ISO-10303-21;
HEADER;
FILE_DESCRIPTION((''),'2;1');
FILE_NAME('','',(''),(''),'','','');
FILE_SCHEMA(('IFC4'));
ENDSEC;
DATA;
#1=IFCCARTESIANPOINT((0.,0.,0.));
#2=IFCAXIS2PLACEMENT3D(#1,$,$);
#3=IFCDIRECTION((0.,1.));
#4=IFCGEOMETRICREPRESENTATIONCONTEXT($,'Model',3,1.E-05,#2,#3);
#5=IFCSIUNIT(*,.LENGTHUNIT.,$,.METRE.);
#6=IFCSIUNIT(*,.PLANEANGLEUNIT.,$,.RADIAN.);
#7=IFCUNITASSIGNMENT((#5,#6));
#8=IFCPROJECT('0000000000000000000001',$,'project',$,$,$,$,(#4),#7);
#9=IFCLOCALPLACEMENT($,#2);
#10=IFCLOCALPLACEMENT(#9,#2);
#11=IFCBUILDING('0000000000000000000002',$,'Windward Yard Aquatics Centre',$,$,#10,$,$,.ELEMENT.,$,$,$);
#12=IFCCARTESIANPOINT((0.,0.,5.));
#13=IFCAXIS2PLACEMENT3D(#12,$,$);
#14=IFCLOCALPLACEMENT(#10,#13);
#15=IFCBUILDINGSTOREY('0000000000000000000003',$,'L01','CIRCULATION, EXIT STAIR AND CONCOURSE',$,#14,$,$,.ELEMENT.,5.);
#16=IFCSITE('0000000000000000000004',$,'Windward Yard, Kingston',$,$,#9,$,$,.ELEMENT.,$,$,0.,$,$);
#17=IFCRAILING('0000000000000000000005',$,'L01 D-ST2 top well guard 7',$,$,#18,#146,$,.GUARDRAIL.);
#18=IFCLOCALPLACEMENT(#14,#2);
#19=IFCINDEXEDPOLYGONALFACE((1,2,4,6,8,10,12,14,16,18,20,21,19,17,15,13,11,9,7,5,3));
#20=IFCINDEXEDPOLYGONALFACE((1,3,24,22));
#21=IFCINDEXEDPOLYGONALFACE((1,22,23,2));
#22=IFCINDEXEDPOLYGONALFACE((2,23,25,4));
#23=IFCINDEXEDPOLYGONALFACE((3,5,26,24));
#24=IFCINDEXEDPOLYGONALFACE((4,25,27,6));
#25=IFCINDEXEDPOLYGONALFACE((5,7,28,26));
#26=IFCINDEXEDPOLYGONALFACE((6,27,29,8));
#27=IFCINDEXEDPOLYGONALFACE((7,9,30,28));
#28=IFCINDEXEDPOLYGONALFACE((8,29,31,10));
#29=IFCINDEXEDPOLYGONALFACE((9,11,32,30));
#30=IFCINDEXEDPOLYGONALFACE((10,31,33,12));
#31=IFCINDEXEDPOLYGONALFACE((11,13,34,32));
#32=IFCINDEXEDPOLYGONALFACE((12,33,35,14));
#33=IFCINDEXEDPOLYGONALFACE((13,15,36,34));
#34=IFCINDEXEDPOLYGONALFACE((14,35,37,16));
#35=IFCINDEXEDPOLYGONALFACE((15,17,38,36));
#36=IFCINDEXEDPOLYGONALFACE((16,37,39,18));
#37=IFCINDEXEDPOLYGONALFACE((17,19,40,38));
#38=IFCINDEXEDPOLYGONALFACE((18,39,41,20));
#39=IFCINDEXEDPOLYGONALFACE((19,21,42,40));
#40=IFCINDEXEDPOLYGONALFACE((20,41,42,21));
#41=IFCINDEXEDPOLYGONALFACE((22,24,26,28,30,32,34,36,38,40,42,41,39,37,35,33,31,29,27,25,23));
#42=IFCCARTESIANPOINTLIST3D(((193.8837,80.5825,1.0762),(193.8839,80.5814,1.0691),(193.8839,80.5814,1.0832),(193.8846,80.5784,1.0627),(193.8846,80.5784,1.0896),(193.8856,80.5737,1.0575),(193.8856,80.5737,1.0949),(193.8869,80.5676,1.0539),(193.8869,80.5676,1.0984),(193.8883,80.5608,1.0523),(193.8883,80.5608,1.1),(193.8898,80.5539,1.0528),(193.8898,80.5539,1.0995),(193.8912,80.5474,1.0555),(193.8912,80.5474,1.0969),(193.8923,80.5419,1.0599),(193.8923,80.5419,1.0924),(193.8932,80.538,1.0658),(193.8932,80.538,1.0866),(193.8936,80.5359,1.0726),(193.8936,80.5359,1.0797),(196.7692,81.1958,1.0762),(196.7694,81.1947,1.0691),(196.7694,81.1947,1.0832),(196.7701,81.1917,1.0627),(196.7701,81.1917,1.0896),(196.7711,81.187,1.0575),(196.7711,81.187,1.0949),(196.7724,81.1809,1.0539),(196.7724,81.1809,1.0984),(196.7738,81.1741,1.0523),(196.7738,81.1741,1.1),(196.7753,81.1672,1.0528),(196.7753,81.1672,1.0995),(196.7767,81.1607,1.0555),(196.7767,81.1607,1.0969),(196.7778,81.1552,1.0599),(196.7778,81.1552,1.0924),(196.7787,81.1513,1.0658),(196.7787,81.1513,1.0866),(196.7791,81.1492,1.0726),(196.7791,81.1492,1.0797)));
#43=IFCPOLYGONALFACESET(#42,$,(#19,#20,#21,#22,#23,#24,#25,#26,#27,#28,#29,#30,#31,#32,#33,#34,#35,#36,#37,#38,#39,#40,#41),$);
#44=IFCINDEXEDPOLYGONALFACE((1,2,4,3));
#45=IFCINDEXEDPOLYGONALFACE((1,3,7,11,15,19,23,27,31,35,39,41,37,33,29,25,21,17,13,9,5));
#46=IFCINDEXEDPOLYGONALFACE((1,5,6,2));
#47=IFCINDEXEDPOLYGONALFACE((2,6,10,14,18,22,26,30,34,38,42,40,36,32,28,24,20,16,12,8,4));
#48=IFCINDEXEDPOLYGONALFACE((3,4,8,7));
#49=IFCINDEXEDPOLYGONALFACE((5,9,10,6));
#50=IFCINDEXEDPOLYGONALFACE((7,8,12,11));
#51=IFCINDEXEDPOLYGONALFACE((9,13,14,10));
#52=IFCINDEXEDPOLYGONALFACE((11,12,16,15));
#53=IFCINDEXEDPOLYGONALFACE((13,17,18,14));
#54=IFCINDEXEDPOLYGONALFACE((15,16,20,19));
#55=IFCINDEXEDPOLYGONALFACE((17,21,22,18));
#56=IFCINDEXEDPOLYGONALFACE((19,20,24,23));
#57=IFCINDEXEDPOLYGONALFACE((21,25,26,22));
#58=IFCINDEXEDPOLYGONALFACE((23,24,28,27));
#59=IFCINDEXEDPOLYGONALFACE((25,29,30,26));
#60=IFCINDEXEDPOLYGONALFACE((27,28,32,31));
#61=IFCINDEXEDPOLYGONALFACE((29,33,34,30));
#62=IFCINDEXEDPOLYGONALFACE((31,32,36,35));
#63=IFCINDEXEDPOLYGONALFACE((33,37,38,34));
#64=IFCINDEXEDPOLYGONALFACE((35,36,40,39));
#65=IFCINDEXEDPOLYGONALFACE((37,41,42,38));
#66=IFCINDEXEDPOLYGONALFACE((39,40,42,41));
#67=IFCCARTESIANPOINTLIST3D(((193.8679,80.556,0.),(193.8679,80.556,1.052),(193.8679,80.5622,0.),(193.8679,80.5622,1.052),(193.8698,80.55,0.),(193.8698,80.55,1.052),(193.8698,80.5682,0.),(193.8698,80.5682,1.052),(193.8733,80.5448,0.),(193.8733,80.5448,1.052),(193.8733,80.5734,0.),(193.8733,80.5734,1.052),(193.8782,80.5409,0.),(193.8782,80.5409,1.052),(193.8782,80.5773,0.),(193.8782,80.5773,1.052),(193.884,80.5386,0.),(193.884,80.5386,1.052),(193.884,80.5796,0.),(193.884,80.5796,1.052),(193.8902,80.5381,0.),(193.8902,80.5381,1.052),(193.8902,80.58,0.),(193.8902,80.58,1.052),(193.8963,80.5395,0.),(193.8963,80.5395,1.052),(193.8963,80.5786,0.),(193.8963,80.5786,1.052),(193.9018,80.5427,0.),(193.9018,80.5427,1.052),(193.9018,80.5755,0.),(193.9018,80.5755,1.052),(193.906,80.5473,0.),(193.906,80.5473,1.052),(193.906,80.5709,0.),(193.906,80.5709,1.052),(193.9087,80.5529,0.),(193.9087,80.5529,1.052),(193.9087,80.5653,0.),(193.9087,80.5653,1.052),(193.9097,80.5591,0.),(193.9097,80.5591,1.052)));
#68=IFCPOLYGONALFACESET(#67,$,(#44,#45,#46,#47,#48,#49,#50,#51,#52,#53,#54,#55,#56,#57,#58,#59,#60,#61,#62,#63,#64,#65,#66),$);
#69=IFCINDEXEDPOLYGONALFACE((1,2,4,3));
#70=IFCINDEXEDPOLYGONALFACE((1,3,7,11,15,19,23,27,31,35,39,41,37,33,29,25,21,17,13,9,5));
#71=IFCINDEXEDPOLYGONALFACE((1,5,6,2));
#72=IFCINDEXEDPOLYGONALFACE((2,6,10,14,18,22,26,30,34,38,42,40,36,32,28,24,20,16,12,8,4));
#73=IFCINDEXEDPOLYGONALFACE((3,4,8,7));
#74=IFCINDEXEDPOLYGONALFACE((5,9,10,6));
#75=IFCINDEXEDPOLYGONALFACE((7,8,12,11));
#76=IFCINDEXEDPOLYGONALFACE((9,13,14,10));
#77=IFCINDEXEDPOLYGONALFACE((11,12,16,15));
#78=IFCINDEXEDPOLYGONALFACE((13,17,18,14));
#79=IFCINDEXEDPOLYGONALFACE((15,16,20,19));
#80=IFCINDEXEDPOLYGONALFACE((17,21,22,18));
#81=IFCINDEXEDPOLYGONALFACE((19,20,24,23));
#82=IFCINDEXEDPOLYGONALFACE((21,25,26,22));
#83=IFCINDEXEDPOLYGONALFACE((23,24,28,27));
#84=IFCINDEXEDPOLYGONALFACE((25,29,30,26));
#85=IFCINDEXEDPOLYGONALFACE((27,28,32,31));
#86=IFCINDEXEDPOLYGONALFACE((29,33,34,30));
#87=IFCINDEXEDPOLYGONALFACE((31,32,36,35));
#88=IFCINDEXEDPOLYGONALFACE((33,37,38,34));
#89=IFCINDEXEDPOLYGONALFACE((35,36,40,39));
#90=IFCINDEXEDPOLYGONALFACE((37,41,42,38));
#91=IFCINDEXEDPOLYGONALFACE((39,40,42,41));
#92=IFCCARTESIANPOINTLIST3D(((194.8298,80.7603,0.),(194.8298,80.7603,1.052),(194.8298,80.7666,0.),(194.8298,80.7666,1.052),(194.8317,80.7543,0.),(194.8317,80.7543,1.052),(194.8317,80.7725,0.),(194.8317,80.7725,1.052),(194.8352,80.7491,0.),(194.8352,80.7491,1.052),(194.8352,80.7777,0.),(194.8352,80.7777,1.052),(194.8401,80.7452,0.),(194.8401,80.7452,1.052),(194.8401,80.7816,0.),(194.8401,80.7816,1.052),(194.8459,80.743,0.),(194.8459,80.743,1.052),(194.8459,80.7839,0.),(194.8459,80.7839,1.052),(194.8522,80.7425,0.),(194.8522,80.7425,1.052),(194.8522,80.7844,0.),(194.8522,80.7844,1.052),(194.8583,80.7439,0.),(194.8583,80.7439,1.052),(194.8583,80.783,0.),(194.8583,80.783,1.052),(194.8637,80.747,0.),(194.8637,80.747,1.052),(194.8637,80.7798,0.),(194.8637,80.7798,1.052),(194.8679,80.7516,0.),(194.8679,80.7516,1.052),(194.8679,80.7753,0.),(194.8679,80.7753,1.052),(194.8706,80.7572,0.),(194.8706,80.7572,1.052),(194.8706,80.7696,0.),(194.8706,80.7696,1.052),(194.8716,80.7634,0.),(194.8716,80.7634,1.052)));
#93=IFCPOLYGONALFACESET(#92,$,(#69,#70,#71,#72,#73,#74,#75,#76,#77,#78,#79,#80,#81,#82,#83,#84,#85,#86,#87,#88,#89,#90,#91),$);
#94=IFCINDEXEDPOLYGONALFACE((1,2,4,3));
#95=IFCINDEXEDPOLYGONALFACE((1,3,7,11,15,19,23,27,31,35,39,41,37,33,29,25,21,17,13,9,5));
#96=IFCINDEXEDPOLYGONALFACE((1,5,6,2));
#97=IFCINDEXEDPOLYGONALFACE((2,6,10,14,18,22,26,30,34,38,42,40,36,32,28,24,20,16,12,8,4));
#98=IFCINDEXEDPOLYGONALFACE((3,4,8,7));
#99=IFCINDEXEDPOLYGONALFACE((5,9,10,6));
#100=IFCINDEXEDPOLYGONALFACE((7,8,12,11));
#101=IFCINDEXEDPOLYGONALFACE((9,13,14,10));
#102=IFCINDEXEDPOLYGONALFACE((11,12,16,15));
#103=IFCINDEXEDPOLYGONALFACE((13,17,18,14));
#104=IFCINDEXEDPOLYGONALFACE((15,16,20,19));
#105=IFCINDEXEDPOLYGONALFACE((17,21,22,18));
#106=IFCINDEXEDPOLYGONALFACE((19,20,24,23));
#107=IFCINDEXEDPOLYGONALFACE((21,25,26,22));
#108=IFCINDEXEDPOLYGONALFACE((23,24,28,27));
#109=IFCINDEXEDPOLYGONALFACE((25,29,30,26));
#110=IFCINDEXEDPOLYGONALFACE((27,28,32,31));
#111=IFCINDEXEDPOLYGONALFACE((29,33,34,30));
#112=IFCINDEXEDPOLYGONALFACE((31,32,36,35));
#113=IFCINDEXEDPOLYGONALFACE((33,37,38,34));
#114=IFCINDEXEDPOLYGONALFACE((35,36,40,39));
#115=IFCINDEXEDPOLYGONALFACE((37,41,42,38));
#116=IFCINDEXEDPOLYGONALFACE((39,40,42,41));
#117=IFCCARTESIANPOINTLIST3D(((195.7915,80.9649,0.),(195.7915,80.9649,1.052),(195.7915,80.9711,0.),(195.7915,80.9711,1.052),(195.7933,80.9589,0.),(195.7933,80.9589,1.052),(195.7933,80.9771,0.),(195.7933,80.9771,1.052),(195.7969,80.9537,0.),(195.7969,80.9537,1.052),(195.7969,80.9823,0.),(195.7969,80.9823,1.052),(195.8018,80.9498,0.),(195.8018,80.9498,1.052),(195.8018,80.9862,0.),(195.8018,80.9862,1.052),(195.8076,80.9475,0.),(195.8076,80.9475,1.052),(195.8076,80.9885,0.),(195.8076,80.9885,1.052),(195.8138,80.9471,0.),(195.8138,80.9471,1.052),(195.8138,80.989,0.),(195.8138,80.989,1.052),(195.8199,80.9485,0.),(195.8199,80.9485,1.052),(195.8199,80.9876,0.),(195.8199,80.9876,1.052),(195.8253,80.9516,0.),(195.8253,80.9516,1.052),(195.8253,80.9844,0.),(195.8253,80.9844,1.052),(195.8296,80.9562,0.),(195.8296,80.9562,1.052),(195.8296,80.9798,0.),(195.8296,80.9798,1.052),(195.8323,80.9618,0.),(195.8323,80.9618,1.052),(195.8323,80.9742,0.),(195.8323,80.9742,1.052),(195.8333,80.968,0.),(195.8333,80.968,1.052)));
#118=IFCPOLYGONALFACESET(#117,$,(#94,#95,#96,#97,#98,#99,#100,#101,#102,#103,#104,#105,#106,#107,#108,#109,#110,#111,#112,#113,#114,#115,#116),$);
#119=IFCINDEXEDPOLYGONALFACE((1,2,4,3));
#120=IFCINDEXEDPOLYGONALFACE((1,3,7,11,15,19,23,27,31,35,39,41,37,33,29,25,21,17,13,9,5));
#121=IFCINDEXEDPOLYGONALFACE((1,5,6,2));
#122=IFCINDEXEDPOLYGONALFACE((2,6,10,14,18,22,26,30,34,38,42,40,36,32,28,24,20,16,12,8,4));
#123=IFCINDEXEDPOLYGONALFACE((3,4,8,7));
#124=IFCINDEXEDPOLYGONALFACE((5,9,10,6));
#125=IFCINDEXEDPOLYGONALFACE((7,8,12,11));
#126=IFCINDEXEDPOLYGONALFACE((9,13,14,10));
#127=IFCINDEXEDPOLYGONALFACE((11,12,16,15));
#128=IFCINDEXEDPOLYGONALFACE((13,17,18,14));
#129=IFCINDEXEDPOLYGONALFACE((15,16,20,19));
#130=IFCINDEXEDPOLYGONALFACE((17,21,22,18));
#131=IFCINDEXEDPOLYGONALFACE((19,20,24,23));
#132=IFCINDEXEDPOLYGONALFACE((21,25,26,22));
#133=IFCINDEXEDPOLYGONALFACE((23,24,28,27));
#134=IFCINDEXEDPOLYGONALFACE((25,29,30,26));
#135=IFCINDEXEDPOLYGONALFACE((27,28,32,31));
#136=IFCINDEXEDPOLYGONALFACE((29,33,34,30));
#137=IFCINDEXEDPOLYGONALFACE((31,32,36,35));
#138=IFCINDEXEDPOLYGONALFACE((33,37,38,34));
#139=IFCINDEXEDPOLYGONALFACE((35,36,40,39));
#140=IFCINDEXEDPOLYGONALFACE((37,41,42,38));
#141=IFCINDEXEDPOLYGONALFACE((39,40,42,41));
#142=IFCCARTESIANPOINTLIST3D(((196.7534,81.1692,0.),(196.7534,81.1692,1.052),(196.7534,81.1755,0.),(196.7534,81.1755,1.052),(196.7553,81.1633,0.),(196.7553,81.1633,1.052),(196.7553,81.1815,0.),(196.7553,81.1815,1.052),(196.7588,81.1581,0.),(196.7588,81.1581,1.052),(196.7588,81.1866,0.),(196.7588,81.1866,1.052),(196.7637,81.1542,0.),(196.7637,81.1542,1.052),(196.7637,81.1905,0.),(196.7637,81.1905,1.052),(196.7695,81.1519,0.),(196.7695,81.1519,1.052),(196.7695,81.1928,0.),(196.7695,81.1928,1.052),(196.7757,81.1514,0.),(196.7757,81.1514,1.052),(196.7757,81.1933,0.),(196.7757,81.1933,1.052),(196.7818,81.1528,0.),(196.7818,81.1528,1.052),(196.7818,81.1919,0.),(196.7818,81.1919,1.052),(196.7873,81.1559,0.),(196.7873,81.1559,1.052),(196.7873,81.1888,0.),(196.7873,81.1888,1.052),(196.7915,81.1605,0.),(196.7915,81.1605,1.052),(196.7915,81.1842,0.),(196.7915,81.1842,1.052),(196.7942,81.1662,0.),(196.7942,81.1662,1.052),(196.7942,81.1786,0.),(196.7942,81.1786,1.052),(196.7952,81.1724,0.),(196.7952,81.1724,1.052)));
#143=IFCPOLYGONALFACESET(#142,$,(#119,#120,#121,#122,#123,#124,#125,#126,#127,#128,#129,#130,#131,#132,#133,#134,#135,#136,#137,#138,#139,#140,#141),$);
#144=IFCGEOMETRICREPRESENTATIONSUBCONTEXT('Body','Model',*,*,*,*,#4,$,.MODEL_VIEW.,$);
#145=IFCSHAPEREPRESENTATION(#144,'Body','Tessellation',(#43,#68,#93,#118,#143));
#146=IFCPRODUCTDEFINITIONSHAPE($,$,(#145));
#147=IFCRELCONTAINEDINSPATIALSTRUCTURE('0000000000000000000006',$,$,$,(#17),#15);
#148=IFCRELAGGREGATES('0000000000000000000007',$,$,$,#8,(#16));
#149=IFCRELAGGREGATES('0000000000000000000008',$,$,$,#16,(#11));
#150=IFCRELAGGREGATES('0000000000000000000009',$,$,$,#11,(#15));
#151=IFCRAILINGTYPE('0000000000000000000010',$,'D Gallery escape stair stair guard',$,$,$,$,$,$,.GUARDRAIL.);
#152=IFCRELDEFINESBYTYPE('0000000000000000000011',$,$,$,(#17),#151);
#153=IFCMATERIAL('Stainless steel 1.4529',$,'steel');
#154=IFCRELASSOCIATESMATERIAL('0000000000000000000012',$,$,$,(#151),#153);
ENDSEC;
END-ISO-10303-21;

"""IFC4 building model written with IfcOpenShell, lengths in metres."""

from ifc_helpers import new_model, si_unit, direction, frame, origin, origin_2d, place, context, subcontext, project, spatial, circle, extrude, material, type_object, element, save


model = new_model("IFC4")

# Units and contexts
model_context = context("Model", 3, precision=1e-05, world=origin(), true_north=direction((0.0, 1.0)))
body_context = subcontext(model_context, "Body", "Model", "MODEL_VIEW")
ifc_project = project(units=[si_unit("LENGTHUNIT", "METRE"), si_unit("PLANEANGLEUNIT", "RADIAN")], contexts=[model_context])

# Site, building, storey
site_placement = place(None, origin())
site = spatial("IfcSite", under=ifc_project, at=site_placement, Name="Windward Yard, Kingston", CompositionType="ELEMENT", RefElevation=0.0)
building_placement = place(site_placement, origin())
building = spatial("IfcBuilding", under=site, at=building_placement, Name="Windward Yard Aquatics Centre", CompositionType="ELEMENT")
storey_placement = place(building_placement, frame((0.0, 0.0, 5.0)))
storey = spatial("IfcBuildingStorey", under=building, at=storey_placement, Name="L01", Description="CIRCULATION, EXIT STAIR AND CONCOURSE", CompositionType="ELEMENT", Elevation=5.0)

# Railing
ifc_material_1 = material(Name="Stainless steel 1.4529", Category="steel")
railing_type = type_object("IfcRailingType", Name="D Gallery escape stair stair guard", PredefinedType="GUARDRAIL", material=ifc_material_1)
railing_1_placement = place(storey_placement, frame((193.8887, 80.5591, 0.0)))
element("IfcRailing", 1, at=railing_1_placement, inside=storey, type_object=railing_type, Name="L01 D-ST2 top well guard 7", PredefinedType="GUARDRAIL", context=body_context, shape_type="SweptSolid", body=[
    extrude(circle(Radius=0.0239, at=origin_2d()), frame((0.0, 0.0, 1.0762), z_axis=(0.978151, 0.207895, 0.0), x_axis=(-0.207895, 0.978151, 0.0)), (0.0, 0.0, 1.0), 2.95),
    extrude(circle(Radius=0.021, at=origin_2d()), origin(), (0.0, 0.0, 1.0), 1.052),
    extrude(circle(Radius=0.021, at=origin_2d()), frame((0.9619, 0.2043, 0.0)), (0.0, 0.0, 1.0), 1.052),
    extrude(circle(Radius=0.021, at=origin_2d()), frame((1.9236, 0.4089, 0.0)), (0.0, 0.0, 1.0), 1.052),
    extrude(circle(Radius=0.021, at=origin_2d()), frame((2.8855, 0.6133, 0.0)), (0.0, 0.0, 1.0), 1.052),
])

save(model, "model.ifc")
